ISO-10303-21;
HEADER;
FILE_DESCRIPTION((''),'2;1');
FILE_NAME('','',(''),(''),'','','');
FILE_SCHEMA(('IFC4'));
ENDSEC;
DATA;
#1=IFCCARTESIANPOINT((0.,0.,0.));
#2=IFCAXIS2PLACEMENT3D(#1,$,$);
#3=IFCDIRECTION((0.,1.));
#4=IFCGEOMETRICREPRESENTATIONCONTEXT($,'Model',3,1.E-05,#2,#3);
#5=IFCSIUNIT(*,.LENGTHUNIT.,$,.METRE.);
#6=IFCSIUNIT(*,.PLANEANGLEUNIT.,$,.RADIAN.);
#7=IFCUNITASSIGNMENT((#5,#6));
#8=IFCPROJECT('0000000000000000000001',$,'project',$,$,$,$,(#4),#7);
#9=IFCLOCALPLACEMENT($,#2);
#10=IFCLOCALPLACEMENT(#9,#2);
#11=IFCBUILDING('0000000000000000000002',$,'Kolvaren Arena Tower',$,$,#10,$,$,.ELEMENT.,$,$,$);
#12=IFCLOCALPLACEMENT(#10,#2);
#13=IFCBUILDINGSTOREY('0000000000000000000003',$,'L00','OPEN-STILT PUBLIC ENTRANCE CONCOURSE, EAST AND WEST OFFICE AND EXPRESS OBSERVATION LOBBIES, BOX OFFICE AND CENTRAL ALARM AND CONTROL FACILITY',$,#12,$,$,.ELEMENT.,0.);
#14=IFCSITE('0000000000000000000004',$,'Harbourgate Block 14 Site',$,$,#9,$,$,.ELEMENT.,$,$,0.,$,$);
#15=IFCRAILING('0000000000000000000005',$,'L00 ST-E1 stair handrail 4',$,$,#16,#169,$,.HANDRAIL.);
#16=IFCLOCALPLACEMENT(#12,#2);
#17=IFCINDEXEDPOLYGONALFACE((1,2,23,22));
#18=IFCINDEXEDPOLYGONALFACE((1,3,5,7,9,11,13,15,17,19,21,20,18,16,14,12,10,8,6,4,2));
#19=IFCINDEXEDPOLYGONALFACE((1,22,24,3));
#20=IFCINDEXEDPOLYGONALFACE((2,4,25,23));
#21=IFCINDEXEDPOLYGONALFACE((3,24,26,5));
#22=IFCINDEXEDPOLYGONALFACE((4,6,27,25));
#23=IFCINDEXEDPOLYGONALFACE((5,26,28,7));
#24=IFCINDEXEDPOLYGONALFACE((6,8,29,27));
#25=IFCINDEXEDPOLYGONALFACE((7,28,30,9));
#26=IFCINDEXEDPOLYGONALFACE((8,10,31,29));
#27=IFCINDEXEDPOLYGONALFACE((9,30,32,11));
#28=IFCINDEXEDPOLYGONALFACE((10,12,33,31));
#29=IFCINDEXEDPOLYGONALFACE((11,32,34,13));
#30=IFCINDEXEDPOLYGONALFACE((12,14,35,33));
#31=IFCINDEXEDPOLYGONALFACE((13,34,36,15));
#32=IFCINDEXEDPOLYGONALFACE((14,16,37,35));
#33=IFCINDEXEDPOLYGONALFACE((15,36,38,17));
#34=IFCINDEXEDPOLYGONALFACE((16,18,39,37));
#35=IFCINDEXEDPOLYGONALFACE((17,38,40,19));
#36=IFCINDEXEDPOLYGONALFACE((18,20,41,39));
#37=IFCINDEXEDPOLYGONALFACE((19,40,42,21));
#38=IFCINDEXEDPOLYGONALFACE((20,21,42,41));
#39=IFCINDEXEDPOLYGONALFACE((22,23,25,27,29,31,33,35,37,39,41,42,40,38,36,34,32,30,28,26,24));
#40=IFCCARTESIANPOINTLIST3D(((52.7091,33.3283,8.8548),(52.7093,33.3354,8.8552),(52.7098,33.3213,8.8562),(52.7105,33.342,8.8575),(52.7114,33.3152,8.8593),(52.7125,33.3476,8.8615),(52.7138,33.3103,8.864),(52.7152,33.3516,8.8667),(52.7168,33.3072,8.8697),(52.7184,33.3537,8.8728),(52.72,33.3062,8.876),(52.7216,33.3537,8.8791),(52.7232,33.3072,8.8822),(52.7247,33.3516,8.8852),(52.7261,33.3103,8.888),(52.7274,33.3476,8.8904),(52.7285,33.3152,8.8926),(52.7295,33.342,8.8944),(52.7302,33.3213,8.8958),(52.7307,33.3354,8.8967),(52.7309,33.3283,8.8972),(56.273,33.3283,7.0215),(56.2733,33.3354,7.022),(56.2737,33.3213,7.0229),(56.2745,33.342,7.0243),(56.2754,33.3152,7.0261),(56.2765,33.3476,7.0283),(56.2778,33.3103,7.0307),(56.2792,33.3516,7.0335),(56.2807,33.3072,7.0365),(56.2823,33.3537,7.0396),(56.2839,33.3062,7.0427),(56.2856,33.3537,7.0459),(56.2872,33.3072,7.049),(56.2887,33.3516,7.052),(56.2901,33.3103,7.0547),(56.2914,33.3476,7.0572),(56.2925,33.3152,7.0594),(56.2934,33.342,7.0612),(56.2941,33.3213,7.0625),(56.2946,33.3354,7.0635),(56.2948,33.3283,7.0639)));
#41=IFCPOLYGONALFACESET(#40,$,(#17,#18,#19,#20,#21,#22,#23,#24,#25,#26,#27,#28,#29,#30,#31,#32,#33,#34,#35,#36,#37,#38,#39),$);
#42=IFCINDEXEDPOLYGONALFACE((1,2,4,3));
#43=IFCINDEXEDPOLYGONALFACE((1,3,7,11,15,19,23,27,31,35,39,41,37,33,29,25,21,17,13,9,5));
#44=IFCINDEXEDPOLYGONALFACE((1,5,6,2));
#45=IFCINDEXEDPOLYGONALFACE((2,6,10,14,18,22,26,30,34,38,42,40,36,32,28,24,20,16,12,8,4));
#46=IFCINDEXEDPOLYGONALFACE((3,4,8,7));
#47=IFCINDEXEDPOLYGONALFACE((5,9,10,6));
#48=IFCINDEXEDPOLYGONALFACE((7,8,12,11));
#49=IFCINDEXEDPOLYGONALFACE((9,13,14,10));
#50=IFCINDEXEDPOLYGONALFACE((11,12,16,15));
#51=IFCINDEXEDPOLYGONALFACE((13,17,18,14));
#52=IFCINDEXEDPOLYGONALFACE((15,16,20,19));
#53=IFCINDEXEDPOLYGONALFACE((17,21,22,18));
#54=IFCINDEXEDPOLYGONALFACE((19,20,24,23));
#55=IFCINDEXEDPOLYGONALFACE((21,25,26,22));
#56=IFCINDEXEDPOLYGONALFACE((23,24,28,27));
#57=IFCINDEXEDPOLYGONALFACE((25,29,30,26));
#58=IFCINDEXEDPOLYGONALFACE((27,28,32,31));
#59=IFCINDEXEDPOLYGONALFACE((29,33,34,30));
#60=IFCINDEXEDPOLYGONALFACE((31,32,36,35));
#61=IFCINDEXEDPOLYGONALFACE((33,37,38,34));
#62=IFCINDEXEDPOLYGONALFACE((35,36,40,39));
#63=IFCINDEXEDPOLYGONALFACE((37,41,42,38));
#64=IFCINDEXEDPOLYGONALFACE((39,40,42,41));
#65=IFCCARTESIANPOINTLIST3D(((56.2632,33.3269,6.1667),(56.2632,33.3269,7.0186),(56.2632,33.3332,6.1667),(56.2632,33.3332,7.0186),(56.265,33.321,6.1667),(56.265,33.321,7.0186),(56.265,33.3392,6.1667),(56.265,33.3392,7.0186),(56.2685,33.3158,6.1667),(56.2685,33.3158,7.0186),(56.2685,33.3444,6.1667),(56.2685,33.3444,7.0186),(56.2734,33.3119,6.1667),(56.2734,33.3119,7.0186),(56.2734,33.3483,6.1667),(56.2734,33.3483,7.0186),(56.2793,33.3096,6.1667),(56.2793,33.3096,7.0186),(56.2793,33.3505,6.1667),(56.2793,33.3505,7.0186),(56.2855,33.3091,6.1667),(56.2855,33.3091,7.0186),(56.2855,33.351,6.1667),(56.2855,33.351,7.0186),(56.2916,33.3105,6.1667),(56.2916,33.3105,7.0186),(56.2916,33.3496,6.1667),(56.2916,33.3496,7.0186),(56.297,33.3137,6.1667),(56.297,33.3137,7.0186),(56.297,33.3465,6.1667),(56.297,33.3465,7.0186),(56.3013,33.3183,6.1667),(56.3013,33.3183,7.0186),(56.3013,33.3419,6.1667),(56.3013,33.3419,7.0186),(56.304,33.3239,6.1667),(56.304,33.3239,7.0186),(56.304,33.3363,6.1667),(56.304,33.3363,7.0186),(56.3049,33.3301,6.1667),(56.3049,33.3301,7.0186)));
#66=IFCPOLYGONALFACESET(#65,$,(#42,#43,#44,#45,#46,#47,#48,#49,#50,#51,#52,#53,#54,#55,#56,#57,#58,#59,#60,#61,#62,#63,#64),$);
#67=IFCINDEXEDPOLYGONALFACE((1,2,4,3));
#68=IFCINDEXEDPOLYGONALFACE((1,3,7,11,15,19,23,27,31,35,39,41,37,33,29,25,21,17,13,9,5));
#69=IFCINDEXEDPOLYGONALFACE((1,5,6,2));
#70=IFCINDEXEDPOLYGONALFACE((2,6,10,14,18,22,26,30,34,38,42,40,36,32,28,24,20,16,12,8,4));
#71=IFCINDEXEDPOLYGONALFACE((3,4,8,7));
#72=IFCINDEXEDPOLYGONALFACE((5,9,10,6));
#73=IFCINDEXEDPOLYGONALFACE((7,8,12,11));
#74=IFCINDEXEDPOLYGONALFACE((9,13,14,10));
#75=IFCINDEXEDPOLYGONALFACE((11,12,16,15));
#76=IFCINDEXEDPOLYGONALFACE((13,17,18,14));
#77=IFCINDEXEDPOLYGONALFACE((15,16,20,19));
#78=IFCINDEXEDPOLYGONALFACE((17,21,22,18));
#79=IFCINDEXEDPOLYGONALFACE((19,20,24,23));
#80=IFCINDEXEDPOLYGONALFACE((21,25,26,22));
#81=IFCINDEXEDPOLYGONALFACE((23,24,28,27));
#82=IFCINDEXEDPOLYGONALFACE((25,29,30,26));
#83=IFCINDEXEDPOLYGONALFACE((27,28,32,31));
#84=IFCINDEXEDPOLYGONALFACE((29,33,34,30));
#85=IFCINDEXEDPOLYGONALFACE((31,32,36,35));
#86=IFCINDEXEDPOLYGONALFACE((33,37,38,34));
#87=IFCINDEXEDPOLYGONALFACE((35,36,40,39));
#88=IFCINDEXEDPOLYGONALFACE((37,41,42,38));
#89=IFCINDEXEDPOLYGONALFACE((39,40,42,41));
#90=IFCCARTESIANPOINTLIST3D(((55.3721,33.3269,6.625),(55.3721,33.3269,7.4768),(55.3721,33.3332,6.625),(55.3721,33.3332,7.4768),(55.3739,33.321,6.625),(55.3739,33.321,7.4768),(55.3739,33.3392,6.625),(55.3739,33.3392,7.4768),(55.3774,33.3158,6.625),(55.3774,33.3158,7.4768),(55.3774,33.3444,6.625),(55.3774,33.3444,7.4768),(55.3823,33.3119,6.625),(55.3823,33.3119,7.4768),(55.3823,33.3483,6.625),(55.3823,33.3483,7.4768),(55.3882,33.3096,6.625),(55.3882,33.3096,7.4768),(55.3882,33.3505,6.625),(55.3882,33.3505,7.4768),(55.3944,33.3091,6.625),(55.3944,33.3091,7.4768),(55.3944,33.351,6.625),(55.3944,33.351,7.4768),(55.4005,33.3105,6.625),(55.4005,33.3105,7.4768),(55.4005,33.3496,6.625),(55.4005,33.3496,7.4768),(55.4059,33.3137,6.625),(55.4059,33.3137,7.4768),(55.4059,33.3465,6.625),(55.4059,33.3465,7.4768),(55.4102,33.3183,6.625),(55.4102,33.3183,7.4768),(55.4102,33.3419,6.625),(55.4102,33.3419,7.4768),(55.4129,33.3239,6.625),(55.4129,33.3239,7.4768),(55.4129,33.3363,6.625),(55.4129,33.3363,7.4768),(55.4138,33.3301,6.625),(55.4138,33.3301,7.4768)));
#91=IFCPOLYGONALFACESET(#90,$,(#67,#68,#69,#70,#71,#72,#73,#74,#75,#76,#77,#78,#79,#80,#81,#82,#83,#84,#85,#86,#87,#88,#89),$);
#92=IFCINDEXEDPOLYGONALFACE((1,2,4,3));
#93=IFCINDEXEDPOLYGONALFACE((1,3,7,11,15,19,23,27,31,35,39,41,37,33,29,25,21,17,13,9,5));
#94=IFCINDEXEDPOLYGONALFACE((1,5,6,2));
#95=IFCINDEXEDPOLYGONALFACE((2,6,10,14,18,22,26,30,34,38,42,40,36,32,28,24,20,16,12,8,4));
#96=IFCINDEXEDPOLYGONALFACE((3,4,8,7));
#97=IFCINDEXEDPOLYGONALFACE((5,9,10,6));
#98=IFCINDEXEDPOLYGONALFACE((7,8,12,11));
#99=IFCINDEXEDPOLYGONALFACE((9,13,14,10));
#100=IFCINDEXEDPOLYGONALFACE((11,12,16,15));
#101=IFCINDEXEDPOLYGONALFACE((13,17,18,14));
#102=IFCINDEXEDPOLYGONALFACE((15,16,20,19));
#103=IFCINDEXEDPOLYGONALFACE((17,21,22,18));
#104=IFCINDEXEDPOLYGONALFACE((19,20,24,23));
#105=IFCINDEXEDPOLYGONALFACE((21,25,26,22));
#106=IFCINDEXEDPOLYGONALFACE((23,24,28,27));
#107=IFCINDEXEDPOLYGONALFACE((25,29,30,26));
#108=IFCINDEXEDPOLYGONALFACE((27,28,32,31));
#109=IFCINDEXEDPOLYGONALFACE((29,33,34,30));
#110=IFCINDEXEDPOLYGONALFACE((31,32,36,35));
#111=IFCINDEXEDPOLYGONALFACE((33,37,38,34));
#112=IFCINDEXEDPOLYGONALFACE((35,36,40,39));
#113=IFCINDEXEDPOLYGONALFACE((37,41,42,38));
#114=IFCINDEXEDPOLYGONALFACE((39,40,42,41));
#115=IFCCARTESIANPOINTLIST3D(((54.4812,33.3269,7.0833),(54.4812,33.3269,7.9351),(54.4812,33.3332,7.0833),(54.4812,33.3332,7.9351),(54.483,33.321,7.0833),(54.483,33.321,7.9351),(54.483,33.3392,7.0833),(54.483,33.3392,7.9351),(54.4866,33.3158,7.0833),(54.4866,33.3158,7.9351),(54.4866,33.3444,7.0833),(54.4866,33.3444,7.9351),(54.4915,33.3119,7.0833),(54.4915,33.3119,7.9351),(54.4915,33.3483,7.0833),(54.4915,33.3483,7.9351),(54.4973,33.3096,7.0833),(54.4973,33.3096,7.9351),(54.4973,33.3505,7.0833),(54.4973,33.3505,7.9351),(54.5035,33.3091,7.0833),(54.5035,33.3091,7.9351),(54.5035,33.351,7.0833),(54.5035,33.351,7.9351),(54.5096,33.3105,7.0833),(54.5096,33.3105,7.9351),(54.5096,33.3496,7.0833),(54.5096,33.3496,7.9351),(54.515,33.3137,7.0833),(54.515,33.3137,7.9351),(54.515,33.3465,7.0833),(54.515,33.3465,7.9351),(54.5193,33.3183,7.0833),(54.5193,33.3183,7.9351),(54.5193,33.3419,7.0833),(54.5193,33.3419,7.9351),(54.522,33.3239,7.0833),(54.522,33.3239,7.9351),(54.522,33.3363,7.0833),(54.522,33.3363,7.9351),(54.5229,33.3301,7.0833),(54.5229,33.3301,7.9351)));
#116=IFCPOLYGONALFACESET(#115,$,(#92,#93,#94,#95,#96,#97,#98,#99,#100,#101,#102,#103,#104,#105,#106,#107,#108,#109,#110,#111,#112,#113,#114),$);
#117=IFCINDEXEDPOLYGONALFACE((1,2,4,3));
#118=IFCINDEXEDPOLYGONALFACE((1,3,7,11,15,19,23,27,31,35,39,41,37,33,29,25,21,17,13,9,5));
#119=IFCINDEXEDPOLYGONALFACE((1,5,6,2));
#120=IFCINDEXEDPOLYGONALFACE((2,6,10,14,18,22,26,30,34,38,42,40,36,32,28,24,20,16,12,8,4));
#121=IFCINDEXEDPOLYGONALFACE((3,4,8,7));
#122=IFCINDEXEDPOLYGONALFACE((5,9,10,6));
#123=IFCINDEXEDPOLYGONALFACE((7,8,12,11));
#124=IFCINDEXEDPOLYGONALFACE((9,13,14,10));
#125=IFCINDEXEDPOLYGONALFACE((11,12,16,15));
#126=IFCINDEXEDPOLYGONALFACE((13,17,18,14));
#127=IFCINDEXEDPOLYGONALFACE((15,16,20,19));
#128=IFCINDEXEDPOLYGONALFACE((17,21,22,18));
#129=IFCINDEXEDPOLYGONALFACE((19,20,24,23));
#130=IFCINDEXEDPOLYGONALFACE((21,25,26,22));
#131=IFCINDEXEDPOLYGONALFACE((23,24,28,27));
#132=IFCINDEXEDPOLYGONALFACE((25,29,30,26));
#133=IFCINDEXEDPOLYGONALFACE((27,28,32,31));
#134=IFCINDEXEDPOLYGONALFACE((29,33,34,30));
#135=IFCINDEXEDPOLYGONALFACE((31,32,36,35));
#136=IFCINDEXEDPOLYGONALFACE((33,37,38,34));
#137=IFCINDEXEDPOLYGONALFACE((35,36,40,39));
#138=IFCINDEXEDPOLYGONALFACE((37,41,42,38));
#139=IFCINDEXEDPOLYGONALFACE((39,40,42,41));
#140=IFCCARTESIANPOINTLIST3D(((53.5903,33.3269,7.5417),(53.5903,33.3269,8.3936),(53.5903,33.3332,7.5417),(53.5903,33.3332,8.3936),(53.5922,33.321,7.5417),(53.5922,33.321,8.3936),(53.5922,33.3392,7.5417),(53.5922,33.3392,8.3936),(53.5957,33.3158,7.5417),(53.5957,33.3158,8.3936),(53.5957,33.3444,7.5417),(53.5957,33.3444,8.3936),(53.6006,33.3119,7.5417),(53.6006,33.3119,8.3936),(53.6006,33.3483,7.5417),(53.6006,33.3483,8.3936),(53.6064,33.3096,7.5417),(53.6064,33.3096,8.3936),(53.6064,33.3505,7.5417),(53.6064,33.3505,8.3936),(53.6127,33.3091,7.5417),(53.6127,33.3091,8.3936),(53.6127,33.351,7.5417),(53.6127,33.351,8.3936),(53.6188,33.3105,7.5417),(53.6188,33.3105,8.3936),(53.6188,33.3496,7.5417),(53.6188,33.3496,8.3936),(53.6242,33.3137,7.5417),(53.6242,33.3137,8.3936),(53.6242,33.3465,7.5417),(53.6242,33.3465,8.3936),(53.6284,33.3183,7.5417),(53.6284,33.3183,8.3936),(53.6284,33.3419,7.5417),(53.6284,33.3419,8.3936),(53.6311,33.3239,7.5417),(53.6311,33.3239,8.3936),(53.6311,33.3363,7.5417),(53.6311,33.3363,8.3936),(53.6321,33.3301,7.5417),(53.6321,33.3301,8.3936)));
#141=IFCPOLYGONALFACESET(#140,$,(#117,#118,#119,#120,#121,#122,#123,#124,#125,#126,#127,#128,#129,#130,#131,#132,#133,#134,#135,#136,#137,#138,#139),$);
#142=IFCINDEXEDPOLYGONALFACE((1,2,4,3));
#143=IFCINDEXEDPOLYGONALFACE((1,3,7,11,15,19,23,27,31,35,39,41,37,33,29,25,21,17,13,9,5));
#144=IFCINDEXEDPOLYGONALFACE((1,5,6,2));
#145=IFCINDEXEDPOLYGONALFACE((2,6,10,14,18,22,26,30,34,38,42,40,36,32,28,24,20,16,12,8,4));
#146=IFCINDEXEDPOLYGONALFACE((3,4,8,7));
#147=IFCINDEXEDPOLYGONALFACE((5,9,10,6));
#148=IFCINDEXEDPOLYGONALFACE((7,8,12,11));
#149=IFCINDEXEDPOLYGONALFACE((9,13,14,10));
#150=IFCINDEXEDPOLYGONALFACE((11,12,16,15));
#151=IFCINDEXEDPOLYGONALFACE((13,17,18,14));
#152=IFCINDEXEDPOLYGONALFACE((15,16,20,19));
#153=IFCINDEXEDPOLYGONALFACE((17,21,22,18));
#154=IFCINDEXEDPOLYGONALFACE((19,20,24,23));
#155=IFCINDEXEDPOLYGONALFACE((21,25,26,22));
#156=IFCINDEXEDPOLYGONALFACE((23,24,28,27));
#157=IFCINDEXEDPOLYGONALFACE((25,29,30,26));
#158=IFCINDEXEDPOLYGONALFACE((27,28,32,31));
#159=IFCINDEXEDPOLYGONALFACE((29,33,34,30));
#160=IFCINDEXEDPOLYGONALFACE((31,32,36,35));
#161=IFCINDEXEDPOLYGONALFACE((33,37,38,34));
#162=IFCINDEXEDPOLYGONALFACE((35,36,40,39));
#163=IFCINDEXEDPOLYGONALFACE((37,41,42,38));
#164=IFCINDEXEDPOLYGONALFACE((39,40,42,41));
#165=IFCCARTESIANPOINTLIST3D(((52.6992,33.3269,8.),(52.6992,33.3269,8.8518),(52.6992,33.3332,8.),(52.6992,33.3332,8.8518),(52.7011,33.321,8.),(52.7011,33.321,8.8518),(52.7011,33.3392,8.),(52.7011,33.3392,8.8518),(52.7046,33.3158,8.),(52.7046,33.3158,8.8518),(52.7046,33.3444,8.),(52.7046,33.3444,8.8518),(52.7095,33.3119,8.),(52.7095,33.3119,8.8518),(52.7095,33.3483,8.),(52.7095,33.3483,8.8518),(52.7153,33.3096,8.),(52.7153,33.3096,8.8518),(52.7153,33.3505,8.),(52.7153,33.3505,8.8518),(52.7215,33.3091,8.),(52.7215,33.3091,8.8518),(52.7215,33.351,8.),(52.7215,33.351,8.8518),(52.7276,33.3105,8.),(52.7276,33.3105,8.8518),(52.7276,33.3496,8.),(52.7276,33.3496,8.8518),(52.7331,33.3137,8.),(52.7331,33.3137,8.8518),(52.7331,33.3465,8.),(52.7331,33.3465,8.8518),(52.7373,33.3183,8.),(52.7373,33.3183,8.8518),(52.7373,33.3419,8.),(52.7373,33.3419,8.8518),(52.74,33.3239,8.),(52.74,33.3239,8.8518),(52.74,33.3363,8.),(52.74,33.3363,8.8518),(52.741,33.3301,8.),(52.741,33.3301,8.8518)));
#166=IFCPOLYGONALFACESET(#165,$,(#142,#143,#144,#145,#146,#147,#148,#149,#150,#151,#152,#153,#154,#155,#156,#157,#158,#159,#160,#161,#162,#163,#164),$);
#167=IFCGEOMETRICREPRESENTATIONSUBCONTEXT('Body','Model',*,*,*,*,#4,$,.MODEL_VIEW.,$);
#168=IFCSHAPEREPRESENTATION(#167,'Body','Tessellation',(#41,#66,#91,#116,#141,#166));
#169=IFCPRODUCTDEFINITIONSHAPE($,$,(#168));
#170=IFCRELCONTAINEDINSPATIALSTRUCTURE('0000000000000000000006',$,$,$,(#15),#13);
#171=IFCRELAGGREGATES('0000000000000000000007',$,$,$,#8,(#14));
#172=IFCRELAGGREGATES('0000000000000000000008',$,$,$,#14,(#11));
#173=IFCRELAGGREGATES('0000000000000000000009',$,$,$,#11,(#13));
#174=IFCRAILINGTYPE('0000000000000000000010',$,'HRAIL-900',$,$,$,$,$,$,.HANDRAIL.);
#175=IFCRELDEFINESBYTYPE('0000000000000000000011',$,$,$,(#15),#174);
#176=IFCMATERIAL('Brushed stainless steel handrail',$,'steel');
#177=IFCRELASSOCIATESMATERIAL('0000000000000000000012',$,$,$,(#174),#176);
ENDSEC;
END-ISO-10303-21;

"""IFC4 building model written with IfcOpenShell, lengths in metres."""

from ifc_helpers import new_model, si_unit, direction, frame, origin, origin_2d, place, context, subcontext, project, spatial, circle, extrude, material, type_object, element, save


model = new_model("IFC4")

# Units and contexts
model_context = context("Model", 3, precision=1e-05, world=origin(), true_north=direction((0.0, 1.0)))
body_context = subcontext(model_context, "Body", "Model", "MODEL_VIEW")
ifc_project = project(units=[si_unit("LENGTHUNIT", "METRE"), si_unit("PLANEANGLEUNIT", "RADIAN")], contexts=[model_context])

# Site, building, storey
site_placement = place(None, origin())
site = spatial("IfcSite", under=ifc_project, at=site_placement, Name="Harbourgate Block 14 Site", CompositionType="ELEMENT", RefElevation=0.0)
building_placement = place(site_placement, origin())
building = spatial("IfcBuilding", under=site, at=building_placement, Name="Kolvaren Arena Tower", CompositionType="ELEMENT")
storey_placement = place(building_placement, origin())
storey = spatial("IfcBuildingStorey", under=building, at=storey_placement, Name="L00", Description="OPEN-STILT PUBLIC ENTRANCE CONCOURSE, EAST AND WEST OFFICE AND EXPRESS OBSERVATION LOBBIES, BOX OFFICE AND CENTRAL ALARM AND CONTROL FACILITY", CompositionType="ELEMENT", Elevation=0.0)

# Railing
ifc_material_1 = material(Name="Brushed stainless steel handrail", Category="steel")
railing_type_1 = type_object("IfcRailingType", Name="HRAIL-900", PredefinedType="HANDRAIL", material=ifc_material_1)
for number, where, name in (
    (1, (56.2839, 33.3301, 6.1667), "L00 ST-E1 stair handrail 4"),
):
    element("IfcRailing", number, at=place(storey_placement, frame(where)), inside=storey, type_object=railing_type_1, Name=name, PredefinedType="HANDRAIL", context=body_context, shape_type="SweptSolid", body=[
        extrude(circle(Radius=0.0239, at=origin_2d()), frame((0.0, 0.0, 0.876), z_axis=(-0.889252, 0.0, 0.457418), x_axis=(0.0, -1.0, 0.0)), (0.0, 0.0, 1.0), 4.0078),
        extrude(circle(Radius=0.021, at=origin_2d()), origin(), (0.0, 0.0, 1.0), 0.8518),
        extrude(circle(Radius=0.021, at=origin_2d()), frame((-0.8911, 0.0, 0.4583)), (0.0, 0.0, 1.0), 0.8518),
        extrude(circle(Radius=0.021, at=origin_2d()), frame((-1.782, 0.0, 0.9165)), (0.0, 0.0, 1.0), 0.8518),
        extrude(circle(Radius=0.021, at=origin_2d()), frame((-2.6729, 0.0, 1.375)), (0.0, 0.0, 1.0), 0.8518),
        extrude(circle(Radius=0.021, at=origin_2d()), frame((-3.564, 0.0, 1.8333)), (0.0, 0.0, 1.0), 0.8518),
    ])

save(model, "model.ifc")
